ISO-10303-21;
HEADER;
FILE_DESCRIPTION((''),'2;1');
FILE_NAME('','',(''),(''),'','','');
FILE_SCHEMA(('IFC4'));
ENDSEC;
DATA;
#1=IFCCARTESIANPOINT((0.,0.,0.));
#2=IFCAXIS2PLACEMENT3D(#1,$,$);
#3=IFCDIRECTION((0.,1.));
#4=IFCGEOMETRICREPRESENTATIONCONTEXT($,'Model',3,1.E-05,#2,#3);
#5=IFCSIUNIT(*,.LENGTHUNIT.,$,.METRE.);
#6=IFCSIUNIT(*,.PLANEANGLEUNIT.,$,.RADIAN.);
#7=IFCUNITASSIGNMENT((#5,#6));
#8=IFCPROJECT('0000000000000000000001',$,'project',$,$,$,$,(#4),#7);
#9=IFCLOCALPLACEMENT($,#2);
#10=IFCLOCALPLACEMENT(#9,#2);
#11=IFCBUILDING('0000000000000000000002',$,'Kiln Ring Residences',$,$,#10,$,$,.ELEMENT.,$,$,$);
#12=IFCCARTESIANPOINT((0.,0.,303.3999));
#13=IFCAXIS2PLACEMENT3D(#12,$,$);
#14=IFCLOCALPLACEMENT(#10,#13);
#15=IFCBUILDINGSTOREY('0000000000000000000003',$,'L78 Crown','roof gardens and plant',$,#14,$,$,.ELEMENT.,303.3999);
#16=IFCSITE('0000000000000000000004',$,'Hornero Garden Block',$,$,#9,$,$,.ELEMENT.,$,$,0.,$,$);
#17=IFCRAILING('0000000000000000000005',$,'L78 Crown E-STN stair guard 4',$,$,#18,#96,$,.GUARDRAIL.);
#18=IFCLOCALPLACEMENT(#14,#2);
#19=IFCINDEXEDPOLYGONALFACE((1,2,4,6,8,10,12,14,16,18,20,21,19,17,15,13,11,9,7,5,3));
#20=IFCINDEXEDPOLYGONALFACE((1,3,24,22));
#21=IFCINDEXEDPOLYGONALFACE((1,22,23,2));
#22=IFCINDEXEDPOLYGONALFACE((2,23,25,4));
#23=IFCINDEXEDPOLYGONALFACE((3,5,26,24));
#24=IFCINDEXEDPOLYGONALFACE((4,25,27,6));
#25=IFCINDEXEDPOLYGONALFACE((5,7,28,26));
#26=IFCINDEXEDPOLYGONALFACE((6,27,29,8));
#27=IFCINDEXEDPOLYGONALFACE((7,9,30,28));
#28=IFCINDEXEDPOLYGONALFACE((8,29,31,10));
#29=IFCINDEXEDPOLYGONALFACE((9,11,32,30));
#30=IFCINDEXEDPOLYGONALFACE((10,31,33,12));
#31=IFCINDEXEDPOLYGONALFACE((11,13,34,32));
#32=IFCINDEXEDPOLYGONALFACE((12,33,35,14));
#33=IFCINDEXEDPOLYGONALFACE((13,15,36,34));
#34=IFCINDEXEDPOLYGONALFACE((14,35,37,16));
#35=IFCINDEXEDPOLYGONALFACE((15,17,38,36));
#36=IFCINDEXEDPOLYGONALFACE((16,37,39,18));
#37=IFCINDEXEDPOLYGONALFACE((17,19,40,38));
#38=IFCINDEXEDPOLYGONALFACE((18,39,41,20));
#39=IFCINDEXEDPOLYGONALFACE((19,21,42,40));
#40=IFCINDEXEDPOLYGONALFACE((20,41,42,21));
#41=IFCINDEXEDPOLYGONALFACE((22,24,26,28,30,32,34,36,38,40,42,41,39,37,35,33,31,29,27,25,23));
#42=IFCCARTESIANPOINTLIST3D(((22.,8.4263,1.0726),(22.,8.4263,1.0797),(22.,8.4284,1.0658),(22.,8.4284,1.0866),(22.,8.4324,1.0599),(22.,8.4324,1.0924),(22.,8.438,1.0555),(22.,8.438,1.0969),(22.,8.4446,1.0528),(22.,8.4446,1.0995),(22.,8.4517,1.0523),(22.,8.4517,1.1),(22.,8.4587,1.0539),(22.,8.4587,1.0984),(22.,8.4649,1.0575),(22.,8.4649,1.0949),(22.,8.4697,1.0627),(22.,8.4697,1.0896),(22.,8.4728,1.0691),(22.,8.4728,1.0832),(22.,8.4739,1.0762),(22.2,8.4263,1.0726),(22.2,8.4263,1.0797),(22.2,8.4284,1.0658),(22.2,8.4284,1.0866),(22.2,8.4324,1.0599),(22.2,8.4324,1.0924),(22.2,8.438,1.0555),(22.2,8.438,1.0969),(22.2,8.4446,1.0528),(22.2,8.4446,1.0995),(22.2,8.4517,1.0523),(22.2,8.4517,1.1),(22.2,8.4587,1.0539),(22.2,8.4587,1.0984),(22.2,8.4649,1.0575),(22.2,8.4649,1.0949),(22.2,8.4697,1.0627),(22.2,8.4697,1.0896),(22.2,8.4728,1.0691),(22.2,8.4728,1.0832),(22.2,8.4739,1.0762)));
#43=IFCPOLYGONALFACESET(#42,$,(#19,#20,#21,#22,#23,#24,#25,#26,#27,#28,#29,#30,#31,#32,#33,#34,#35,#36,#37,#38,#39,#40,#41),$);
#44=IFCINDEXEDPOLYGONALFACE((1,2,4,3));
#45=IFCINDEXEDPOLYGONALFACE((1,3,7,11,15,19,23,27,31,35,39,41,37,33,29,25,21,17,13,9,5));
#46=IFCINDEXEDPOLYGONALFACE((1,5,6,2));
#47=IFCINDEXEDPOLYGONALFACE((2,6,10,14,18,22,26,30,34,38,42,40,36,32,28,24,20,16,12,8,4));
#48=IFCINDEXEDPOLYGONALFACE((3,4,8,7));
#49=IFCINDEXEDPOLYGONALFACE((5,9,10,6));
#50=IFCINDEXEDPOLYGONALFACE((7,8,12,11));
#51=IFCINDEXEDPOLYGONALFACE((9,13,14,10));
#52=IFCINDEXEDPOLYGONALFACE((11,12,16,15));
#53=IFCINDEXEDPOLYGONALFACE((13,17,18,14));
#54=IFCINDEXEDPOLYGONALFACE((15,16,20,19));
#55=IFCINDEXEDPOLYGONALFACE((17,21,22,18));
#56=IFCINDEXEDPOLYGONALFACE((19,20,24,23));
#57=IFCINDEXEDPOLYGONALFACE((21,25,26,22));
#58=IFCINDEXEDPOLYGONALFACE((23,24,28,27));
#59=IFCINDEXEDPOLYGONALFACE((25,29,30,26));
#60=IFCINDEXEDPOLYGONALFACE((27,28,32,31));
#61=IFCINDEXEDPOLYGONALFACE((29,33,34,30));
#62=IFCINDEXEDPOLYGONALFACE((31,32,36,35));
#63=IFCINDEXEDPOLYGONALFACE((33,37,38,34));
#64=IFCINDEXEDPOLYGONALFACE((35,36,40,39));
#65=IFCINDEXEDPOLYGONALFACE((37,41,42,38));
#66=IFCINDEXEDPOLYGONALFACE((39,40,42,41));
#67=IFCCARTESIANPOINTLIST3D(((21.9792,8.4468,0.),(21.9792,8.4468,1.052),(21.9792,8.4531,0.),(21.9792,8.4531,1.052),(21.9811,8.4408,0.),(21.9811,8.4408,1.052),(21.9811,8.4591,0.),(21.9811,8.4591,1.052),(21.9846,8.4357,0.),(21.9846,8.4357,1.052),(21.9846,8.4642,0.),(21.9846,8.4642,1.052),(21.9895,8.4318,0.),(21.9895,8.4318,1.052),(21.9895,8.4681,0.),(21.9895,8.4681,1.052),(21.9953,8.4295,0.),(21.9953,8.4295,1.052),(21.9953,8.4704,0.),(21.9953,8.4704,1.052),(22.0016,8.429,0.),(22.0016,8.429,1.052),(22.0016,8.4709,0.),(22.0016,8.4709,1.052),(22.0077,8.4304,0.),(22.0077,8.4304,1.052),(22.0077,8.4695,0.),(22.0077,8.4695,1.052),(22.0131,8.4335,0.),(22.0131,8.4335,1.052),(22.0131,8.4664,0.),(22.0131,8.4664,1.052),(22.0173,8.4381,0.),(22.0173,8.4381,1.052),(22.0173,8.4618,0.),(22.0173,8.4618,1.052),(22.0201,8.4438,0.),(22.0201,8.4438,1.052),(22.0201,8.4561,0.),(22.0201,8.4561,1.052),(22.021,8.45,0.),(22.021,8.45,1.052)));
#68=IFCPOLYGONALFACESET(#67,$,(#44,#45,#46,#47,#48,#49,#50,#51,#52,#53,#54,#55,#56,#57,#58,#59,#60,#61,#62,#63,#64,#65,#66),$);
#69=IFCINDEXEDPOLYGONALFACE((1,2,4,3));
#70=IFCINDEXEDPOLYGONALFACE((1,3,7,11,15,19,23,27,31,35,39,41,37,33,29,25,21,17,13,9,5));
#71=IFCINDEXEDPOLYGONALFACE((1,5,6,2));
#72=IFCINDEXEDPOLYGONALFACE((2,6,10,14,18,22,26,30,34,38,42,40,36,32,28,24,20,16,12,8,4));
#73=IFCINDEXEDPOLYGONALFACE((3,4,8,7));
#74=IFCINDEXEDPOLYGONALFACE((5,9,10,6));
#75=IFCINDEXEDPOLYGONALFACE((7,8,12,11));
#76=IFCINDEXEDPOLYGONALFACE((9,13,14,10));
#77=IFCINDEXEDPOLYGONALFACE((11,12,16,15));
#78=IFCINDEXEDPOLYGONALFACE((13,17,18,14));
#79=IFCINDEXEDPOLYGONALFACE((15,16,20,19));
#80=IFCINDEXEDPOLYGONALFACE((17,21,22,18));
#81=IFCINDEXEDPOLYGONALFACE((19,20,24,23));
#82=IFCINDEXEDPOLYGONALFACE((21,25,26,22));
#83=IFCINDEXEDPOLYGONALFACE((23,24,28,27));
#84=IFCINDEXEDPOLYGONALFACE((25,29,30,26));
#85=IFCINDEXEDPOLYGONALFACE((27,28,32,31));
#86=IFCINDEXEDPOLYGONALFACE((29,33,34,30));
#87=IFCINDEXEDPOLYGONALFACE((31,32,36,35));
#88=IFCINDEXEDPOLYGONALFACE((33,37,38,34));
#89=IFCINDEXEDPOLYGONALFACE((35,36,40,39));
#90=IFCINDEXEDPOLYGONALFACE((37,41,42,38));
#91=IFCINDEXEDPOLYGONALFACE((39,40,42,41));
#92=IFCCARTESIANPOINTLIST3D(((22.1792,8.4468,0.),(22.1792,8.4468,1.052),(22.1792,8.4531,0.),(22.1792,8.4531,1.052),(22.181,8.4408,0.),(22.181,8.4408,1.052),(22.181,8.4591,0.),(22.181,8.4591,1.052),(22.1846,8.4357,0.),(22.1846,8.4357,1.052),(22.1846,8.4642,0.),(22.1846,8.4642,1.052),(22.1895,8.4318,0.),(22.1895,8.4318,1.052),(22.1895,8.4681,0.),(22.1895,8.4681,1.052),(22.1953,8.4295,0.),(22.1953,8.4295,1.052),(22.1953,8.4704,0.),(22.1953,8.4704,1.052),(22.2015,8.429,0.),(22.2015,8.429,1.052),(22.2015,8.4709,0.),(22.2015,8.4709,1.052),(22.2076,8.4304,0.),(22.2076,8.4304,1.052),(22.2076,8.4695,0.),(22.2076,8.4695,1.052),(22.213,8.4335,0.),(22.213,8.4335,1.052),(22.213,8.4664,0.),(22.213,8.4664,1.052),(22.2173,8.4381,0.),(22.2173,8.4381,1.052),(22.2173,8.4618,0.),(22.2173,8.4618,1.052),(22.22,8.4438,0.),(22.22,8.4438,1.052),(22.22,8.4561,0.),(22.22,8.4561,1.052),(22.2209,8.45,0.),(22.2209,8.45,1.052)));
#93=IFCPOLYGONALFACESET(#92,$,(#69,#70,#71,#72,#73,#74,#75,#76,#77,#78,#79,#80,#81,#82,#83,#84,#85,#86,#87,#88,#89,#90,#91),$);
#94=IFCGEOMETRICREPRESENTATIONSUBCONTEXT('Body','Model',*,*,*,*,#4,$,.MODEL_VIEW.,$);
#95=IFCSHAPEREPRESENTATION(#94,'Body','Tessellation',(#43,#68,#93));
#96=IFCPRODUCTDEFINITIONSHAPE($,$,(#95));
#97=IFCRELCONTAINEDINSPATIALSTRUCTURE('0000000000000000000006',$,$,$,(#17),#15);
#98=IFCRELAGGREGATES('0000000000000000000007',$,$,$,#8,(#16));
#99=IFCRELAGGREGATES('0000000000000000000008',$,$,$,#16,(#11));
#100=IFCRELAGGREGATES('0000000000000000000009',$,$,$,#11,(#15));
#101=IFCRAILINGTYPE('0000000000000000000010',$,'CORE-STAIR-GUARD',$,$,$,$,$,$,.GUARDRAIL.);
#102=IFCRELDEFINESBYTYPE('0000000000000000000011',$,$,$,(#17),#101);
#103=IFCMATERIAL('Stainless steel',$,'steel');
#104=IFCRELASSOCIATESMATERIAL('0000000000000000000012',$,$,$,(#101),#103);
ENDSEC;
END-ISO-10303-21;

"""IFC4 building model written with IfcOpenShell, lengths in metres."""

from ifc_helpers import new_model, si_unit, direction, frame, origin, origin_2d, place, context, subcontext, project, spatial, circle, extrude, material, type_object, element, save


model = new_model("IFC4")

# Units and contexts
model_context = context("Model", 3, precision=1e-05, world=origin(), true_north=direction((0.0, 1.0)))
body_context = subcontext(model_context, "Body", "Model", "MODEL_VIEW")
ifc_project = project(units=[si_unit("LENGTHUNIT", "METRE"), si_unit("PLANEANGLEUNIT", "RADIAN")], contexts=[model_context])

# Site, building, storey
site_placement = place(None, origin())
site = spatial("IfcSite", under=ifc_project, at=site_placement, Name="Hornero Garden Block", CompositionType="ELEMENT", RefElevation=0.0)
building_placement = place(site_placement, origin())
building = spatial("IfcBuilding", under=site, at=building_placement, Name="Kiln Ring Residences", CompositionType="ELEMENT")
storey_placement = place(building_placement, frame((0.0, 0.0, 303.3999)))
storey = spatial("IfcBuildingStorey", under=building, at=storey_placement, Name="L78 Crown", Description="roof gardens and plant", CompositionType="ELEMENT", Elevation=303.3999)

# Railing
ifc_material_1 = material(Name="Stainless steel", Category="steel")
railing_type_1 = type_object("IfcRailingType", Name="CORE-STAIR-GUARD", PredefinedType="GUARDRAIL", material=ifc_material_1)
railing_1_placement = place(storey_placement, frame((22.0, 8.45, 0.0)))
element("IfcRailing", 1, at=railing_1_placement, inside=storey, type_object=railing_type_1, Name="L78 Crown E-STN stair guard 4", PredefinedType="GUARDRAIL", context=body_context, shape_type="SweptSolid", body=[
    extrude(circle(Radius=0.0239, at=origin_2d()), frame((0.0, 0.0, 1.0762), z_axis=(1.0, 0.0, 0.0), x_axis=(0.0, 1.0, 0.0)), (0.0, 0.0, 1.0), 0.2),
    extrude(circle(Radius=0.021, at=origin_2d()), origin(), (0.0, 0.0, 1.0), 1.052),
    extrude(circle(Radius=0.021, at=origin_2d()), frame((0.2, 0.0, 0.0)), (0.0, 0.0, 1.0), 1.052),
])

save(model, "model.ifc")
